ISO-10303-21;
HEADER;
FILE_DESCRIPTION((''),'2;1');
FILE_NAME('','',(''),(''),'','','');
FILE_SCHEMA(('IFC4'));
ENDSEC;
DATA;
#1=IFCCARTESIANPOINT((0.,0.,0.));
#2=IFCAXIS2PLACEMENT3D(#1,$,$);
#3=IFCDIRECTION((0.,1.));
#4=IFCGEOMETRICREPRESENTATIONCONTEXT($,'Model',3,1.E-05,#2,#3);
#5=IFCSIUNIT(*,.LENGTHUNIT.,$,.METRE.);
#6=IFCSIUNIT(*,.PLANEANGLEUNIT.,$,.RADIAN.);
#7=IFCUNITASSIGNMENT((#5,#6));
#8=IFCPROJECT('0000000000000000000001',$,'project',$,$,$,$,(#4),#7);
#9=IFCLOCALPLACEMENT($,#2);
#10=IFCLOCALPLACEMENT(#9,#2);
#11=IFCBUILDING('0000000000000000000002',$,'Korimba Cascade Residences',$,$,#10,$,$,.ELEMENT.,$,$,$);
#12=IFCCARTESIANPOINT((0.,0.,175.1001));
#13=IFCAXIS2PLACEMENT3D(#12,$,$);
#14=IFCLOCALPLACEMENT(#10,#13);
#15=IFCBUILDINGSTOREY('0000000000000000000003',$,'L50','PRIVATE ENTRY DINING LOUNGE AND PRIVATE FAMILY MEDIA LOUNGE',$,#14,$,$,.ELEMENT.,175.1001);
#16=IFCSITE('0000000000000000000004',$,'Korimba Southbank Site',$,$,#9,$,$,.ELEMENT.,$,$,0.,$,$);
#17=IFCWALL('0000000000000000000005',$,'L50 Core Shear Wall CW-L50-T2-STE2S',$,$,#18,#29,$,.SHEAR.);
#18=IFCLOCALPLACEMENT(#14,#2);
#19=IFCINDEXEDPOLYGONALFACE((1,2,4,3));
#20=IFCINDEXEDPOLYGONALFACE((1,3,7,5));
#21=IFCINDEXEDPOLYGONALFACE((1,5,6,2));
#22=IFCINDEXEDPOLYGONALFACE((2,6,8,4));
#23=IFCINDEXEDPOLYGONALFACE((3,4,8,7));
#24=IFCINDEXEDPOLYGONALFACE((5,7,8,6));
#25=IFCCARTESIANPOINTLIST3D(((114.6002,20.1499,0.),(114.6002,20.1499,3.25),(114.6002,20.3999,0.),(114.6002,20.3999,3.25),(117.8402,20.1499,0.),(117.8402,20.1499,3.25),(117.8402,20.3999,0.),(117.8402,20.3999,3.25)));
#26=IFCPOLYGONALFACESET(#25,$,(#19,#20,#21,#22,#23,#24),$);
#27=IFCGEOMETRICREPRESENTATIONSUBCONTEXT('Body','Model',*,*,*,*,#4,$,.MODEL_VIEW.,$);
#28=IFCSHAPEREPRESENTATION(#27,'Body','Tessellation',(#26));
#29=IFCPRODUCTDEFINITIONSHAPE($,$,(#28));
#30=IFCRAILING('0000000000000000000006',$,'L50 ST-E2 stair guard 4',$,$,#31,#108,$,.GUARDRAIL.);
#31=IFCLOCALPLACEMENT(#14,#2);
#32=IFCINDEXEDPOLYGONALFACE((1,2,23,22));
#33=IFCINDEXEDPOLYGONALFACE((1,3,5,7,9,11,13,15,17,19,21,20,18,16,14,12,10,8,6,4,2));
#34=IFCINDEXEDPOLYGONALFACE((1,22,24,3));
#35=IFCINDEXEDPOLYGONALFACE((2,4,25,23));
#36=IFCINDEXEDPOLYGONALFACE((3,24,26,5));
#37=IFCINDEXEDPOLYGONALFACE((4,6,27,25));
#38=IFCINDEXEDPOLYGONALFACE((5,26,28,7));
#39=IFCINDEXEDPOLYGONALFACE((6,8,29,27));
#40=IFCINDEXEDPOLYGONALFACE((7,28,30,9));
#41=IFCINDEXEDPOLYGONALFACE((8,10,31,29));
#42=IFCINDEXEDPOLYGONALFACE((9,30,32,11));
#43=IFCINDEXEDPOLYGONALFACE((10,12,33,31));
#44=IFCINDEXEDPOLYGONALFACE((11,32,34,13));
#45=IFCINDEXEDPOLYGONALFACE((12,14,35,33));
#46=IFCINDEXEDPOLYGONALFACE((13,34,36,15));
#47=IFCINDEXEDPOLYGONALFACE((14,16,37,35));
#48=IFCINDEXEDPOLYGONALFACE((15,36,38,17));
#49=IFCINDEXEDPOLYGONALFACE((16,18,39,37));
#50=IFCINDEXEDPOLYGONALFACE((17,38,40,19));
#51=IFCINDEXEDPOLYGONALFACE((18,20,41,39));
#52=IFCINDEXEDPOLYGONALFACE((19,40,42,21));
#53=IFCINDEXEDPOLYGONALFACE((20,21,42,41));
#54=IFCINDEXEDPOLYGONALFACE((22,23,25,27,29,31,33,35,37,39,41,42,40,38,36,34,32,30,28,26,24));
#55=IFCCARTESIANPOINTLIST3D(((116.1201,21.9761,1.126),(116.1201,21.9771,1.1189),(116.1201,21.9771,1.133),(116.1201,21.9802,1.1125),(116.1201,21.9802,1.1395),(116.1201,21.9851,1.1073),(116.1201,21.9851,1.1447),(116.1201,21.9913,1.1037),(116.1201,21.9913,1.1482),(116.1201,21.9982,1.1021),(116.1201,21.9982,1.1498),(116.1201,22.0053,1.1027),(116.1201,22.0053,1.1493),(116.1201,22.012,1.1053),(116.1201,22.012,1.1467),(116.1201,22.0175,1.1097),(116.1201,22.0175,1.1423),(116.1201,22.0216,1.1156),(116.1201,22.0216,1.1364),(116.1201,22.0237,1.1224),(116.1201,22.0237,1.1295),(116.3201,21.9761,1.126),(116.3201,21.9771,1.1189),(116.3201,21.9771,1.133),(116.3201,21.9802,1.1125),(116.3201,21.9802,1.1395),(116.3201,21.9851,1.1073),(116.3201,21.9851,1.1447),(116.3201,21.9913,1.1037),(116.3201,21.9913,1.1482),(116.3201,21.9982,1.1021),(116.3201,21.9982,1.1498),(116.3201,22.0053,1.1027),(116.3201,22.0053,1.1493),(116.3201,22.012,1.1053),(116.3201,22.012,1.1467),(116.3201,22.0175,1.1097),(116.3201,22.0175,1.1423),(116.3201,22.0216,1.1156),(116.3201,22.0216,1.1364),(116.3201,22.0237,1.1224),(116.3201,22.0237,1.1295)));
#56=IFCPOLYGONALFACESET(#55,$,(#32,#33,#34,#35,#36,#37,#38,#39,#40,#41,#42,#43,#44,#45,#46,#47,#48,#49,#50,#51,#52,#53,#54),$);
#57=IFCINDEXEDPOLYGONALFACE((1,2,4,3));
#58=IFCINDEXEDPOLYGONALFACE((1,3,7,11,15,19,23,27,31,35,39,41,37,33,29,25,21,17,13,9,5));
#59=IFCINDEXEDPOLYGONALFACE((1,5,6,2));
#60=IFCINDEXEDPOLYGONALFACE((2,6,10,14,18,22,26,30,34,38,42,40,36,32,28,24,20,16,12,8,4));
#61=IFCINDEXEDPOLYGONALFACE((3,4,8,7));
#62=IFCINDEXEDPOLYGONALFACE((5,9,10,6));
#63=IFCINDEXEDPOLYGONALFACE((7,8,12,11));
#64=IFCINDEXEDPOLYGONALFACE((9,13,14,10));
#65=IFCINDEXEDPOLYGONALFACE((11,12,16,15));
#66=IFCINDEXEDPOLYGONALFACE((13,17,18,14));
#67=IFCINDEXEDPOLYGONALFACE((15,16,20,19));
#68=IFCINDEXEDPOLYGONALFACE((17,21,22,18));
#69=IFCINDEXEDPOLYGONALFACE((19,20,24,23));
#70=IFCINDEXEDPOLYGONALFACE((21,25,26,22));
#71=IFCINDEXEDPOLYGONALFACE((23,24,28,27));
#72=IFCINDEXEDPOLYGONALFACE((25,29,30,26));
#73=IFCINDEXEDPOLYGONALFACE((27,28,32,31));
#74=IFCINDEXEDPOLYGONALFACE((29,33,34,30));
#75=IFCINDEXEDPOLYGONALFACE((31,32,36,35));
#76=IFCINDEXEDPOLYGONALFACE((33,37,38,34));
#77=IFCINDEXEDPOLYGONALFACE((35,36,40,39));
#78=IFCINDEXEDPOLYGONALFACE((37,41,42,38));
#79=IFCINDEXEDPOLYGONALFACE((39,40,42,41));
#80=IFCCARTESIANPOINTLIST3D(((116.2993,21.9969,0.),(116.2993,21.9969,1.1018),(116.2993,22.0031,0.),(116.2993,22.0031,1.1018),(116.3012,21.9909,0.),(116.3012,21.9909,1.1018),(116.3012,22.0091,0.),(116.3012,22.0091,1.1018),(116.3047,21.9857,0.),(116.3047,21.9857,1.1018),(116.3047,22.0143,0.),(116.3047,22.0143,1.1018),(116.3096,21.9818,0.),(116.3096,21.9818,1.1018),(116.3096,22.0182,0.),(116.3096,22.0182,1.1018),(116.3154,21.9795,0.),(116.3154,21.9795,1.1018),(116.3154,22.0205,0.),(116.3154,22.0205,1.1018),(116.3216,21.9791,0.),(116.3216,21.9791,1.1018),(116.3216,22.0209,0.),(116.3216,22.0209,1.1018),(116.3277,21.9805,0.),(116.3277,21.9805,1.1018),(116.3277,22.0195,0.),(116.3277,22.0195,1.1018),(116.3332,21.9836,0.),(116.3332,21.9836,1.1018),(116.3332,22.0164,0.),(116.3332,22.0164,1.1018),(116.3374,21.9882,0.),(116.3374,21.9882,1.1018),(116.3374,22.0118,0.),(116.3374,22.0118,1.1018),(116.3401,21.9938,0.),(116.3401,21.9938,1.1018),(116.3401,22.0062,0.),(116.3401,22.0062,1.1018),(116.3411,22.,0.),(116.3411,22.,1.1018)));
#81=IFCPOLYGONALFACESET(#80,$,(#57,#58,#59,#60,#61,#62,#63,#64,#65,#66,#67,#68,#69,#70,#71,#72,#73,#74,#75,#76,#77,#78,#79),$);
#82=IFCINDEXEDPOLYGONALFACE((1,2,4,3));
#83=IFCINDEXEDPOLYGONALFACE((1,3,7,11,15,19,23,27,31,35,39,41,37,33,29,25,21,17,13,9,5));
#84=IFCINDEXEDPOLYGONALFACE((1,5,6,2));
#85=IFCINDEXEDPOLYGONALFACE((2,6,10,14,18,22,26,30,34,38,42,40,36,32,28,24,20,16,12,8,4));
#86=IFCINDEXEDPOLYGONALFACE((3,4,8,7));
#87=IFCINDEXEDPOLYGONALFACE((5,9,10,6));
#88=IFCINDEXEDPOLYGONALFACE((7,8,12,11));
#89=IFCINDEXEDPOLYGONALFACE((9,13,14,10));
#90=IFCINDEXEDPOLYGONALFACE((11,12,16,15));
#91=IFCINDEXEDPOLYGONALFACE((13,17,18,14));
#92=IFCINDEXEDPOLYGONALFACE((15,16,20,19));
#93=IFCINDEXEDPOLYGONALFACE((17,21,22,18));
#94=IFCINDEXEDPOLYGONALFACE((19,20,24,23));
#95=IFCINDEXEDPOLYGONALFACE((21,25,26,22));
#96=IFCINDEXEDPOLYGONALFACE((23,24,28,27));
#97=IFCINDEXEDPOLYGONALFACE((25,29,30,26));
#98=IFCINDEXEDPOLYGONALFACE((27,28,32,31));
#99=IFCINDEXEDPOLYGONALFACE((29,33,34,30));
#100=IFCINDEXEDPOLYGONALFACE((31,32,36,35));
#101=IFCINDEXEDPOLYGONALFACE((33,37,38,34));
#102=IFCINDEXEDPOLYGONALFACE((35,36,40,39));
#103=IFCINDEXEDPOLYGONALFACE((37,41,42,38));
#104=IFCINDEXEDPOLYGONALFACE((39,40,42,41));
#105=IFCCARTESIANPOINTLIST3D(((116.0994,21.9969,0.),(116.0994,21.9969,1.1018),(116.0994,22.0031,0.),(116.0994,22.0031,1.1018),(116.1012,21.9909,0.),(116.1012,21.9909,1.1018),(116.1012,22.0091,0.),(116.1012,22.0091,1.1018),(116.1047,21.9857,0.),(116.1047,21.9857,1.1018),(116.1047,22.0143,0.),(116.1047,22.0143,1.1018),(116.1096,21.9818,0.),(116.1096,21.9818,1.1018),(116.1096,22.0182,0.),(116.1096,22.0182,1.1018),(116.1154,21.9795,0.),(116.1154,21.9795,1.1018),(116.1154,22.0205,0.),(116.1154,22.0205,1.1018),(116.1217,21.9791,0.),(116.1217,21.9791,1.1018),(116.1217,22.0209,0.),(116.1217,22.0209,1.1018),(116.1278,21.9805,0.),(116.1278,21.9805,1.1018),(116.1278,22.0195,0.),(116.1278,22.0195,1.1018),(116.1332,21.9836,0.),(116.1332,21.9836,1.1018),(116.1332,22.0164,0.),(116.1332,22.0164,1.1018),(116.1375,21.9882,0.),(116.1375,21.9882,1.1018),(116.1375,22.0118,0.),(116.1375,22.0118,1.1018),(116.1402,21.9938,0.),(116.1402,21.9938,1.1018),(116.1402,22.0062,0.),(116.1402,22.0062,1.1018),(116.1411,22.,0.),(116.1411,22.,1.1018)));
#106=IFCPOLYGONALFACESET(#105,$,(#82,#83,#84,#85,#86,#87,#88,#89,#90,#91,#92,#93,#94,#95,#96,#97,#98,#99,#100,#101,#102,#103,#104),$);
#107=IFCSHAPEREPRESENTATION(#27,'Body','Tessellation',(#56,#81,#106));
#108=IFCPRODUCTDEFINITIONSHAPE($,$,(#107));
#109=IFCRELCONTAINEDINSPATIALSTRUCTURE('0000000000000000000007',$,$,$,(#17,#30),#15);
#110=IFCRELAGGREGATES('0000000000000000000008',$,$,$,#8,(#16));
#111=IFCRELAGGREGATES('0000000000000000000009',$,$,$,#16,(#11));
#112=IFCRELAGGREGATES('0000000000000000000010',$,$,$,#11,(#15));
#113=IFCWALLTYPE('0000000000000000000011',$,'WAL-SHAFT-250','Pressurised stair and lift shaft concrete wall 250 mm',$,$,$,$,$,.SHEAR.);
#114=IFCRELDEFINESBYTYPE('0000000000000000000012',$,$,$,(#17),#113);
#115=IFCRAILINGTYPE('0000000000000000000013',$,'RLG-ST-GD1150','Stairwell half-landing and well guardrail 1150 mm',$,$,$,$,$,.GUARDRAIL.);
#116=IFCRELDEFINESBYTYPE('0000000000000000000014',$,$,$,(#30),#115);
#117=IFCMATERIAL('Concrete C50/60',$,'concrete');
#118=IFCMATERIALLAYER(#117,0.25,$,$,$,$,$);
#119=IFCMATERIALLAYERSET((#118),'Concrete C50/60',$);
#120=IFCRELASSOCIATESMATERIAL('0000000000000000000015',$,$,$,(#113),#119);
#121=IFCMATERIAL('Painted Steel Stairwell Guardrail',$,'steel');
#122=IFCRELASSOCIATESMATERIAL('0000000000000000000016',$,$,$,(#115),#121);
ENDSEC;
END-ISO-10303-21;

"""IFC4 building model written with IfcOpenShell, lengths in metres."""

from ifc_helpers import new_model, si_unit, direction, frame, frame_2d, origin, origin_2d, place, context, subcontext, project, spatial, rectangle, circle, extrude, material, layer, layer_set, type_object, element, save


model = new_model("IFC4")

# Units and contexts
model_context = context("Model", 3, precision=1e-05, world=origin(), true_north=direction((0.0, 1.0)))
body_context = subcontext(model_context, "Body", "Model", "MODEL_VIEW")
ifc_project = project(units=[si_unit("LENGTHUNIT", "METRE"), si_unit("PLANEANGLEUNIT", "RADIAN")], contexts=[model_context])

# Site, building, storey
site_placement = place(None, origin())
site = spatial("IfcSite", under=ifc_project, at=site_placement, Name="Korimba Southbank Site", CompositionType="ELEMENT", RefElevation=0.0)
building_placement = place(site_placement, origin())
building = spatial("IfcBuilding", under=site, at=building_placement, Name="Korimba Cascade Residences", CompositionType="ELEMENT")
storey_placement = place(building_placement, frame((0.0, 0.0, 175.1001)))
storey = spatial("IfcBuildingStorey", under=building, at=storey_placement, Name="L50", Description="PRIVATE ENTRY DINING LOUNGE AND PRIVATE FAMILY MEDIA LOUNGE", CompositionType="ELEMENT", Elevation=175.1001)

# Shared definitions
ifc_material_1 = material(Name="Concrete C50/60", Category="concrete")

# Shared definitions
ifc_layer_1 = layer(ifc_material_1, 0.25)
ifc_layer_set_1 = layer_set([ifc_layer_1], Name="Concrete C50/60")
wall_type_1 = type_object("IfcWallType", Name="WAL-SHAFT-250", Description="Pressurised stair and lift shaft concrete wall 250 mm", PredefinedType="SHEAR", material=ifc_layer_set_1)

# Wall
wall_1_placement = place(storey_placement, frame((114.6001, 20.2749, 0.0), z_axis=(0.0, 0.0, 1.0), x_axis=(1.0, 0.0, 0.0)))
element("IfcWall", 1, at=wall_1_placement, inside=storey, type_object=wall_type_1, Name="L50 Core Shear Wall CW-L50-T2-STE2S", PredefinedType="SHEAR", context=body_context, shape_type="SweptSolid", body=[
    extrude(rectangle(XDim=3.24, YDim=0.25, at=frame_2d((1.6201, 0.0))), origin(), (0.0, 0.0, 1.0), 3.25),
])

# Railing
ifc_material_2 = material(Name="Painted Steel Stairwell Guardrail", Category="steel")
railing_type = type_object("IfcRailingType", Name="RLG-ST-GD1150", Description="Stairwell half-landing and well guardrail 1150 mm", PredefinedType="GUARDRAIL", material=ifc_material_2)
railing_placement = place(storey_placement, frame((116.3201, 22.0, 0.0)))
element("IfcRailing", 2, at=railing_placement, inside=storey, type_object=railing_type, Name="L50 ST-E2 stair guard 4", PredefinedType="GUARDRAIL", context=body_context, shape_type="SweptSolid", body=[
    extrude(circle(Radius=0.0239, at=origin_2d()), frame((0.0, 0.0, 1.126), z_axis=(-1.0, 0.0, 0.0), x_axis=(0.0, -1.0, 0.0)), (0.0, 0.0, 1.0), 0.2),
    extrude(circle(Radius=0.021, at=origin_2d()), origin(), (0.0, 0.0, 1.0), 1.1018),
    extrude(circle(Radius=0.021, at=origin_2d()), frame((-0.2, 0.0, 0.0)), (0.0, 0.0, 1.0), 1.1018),
])

save(model, "model.ifc")
